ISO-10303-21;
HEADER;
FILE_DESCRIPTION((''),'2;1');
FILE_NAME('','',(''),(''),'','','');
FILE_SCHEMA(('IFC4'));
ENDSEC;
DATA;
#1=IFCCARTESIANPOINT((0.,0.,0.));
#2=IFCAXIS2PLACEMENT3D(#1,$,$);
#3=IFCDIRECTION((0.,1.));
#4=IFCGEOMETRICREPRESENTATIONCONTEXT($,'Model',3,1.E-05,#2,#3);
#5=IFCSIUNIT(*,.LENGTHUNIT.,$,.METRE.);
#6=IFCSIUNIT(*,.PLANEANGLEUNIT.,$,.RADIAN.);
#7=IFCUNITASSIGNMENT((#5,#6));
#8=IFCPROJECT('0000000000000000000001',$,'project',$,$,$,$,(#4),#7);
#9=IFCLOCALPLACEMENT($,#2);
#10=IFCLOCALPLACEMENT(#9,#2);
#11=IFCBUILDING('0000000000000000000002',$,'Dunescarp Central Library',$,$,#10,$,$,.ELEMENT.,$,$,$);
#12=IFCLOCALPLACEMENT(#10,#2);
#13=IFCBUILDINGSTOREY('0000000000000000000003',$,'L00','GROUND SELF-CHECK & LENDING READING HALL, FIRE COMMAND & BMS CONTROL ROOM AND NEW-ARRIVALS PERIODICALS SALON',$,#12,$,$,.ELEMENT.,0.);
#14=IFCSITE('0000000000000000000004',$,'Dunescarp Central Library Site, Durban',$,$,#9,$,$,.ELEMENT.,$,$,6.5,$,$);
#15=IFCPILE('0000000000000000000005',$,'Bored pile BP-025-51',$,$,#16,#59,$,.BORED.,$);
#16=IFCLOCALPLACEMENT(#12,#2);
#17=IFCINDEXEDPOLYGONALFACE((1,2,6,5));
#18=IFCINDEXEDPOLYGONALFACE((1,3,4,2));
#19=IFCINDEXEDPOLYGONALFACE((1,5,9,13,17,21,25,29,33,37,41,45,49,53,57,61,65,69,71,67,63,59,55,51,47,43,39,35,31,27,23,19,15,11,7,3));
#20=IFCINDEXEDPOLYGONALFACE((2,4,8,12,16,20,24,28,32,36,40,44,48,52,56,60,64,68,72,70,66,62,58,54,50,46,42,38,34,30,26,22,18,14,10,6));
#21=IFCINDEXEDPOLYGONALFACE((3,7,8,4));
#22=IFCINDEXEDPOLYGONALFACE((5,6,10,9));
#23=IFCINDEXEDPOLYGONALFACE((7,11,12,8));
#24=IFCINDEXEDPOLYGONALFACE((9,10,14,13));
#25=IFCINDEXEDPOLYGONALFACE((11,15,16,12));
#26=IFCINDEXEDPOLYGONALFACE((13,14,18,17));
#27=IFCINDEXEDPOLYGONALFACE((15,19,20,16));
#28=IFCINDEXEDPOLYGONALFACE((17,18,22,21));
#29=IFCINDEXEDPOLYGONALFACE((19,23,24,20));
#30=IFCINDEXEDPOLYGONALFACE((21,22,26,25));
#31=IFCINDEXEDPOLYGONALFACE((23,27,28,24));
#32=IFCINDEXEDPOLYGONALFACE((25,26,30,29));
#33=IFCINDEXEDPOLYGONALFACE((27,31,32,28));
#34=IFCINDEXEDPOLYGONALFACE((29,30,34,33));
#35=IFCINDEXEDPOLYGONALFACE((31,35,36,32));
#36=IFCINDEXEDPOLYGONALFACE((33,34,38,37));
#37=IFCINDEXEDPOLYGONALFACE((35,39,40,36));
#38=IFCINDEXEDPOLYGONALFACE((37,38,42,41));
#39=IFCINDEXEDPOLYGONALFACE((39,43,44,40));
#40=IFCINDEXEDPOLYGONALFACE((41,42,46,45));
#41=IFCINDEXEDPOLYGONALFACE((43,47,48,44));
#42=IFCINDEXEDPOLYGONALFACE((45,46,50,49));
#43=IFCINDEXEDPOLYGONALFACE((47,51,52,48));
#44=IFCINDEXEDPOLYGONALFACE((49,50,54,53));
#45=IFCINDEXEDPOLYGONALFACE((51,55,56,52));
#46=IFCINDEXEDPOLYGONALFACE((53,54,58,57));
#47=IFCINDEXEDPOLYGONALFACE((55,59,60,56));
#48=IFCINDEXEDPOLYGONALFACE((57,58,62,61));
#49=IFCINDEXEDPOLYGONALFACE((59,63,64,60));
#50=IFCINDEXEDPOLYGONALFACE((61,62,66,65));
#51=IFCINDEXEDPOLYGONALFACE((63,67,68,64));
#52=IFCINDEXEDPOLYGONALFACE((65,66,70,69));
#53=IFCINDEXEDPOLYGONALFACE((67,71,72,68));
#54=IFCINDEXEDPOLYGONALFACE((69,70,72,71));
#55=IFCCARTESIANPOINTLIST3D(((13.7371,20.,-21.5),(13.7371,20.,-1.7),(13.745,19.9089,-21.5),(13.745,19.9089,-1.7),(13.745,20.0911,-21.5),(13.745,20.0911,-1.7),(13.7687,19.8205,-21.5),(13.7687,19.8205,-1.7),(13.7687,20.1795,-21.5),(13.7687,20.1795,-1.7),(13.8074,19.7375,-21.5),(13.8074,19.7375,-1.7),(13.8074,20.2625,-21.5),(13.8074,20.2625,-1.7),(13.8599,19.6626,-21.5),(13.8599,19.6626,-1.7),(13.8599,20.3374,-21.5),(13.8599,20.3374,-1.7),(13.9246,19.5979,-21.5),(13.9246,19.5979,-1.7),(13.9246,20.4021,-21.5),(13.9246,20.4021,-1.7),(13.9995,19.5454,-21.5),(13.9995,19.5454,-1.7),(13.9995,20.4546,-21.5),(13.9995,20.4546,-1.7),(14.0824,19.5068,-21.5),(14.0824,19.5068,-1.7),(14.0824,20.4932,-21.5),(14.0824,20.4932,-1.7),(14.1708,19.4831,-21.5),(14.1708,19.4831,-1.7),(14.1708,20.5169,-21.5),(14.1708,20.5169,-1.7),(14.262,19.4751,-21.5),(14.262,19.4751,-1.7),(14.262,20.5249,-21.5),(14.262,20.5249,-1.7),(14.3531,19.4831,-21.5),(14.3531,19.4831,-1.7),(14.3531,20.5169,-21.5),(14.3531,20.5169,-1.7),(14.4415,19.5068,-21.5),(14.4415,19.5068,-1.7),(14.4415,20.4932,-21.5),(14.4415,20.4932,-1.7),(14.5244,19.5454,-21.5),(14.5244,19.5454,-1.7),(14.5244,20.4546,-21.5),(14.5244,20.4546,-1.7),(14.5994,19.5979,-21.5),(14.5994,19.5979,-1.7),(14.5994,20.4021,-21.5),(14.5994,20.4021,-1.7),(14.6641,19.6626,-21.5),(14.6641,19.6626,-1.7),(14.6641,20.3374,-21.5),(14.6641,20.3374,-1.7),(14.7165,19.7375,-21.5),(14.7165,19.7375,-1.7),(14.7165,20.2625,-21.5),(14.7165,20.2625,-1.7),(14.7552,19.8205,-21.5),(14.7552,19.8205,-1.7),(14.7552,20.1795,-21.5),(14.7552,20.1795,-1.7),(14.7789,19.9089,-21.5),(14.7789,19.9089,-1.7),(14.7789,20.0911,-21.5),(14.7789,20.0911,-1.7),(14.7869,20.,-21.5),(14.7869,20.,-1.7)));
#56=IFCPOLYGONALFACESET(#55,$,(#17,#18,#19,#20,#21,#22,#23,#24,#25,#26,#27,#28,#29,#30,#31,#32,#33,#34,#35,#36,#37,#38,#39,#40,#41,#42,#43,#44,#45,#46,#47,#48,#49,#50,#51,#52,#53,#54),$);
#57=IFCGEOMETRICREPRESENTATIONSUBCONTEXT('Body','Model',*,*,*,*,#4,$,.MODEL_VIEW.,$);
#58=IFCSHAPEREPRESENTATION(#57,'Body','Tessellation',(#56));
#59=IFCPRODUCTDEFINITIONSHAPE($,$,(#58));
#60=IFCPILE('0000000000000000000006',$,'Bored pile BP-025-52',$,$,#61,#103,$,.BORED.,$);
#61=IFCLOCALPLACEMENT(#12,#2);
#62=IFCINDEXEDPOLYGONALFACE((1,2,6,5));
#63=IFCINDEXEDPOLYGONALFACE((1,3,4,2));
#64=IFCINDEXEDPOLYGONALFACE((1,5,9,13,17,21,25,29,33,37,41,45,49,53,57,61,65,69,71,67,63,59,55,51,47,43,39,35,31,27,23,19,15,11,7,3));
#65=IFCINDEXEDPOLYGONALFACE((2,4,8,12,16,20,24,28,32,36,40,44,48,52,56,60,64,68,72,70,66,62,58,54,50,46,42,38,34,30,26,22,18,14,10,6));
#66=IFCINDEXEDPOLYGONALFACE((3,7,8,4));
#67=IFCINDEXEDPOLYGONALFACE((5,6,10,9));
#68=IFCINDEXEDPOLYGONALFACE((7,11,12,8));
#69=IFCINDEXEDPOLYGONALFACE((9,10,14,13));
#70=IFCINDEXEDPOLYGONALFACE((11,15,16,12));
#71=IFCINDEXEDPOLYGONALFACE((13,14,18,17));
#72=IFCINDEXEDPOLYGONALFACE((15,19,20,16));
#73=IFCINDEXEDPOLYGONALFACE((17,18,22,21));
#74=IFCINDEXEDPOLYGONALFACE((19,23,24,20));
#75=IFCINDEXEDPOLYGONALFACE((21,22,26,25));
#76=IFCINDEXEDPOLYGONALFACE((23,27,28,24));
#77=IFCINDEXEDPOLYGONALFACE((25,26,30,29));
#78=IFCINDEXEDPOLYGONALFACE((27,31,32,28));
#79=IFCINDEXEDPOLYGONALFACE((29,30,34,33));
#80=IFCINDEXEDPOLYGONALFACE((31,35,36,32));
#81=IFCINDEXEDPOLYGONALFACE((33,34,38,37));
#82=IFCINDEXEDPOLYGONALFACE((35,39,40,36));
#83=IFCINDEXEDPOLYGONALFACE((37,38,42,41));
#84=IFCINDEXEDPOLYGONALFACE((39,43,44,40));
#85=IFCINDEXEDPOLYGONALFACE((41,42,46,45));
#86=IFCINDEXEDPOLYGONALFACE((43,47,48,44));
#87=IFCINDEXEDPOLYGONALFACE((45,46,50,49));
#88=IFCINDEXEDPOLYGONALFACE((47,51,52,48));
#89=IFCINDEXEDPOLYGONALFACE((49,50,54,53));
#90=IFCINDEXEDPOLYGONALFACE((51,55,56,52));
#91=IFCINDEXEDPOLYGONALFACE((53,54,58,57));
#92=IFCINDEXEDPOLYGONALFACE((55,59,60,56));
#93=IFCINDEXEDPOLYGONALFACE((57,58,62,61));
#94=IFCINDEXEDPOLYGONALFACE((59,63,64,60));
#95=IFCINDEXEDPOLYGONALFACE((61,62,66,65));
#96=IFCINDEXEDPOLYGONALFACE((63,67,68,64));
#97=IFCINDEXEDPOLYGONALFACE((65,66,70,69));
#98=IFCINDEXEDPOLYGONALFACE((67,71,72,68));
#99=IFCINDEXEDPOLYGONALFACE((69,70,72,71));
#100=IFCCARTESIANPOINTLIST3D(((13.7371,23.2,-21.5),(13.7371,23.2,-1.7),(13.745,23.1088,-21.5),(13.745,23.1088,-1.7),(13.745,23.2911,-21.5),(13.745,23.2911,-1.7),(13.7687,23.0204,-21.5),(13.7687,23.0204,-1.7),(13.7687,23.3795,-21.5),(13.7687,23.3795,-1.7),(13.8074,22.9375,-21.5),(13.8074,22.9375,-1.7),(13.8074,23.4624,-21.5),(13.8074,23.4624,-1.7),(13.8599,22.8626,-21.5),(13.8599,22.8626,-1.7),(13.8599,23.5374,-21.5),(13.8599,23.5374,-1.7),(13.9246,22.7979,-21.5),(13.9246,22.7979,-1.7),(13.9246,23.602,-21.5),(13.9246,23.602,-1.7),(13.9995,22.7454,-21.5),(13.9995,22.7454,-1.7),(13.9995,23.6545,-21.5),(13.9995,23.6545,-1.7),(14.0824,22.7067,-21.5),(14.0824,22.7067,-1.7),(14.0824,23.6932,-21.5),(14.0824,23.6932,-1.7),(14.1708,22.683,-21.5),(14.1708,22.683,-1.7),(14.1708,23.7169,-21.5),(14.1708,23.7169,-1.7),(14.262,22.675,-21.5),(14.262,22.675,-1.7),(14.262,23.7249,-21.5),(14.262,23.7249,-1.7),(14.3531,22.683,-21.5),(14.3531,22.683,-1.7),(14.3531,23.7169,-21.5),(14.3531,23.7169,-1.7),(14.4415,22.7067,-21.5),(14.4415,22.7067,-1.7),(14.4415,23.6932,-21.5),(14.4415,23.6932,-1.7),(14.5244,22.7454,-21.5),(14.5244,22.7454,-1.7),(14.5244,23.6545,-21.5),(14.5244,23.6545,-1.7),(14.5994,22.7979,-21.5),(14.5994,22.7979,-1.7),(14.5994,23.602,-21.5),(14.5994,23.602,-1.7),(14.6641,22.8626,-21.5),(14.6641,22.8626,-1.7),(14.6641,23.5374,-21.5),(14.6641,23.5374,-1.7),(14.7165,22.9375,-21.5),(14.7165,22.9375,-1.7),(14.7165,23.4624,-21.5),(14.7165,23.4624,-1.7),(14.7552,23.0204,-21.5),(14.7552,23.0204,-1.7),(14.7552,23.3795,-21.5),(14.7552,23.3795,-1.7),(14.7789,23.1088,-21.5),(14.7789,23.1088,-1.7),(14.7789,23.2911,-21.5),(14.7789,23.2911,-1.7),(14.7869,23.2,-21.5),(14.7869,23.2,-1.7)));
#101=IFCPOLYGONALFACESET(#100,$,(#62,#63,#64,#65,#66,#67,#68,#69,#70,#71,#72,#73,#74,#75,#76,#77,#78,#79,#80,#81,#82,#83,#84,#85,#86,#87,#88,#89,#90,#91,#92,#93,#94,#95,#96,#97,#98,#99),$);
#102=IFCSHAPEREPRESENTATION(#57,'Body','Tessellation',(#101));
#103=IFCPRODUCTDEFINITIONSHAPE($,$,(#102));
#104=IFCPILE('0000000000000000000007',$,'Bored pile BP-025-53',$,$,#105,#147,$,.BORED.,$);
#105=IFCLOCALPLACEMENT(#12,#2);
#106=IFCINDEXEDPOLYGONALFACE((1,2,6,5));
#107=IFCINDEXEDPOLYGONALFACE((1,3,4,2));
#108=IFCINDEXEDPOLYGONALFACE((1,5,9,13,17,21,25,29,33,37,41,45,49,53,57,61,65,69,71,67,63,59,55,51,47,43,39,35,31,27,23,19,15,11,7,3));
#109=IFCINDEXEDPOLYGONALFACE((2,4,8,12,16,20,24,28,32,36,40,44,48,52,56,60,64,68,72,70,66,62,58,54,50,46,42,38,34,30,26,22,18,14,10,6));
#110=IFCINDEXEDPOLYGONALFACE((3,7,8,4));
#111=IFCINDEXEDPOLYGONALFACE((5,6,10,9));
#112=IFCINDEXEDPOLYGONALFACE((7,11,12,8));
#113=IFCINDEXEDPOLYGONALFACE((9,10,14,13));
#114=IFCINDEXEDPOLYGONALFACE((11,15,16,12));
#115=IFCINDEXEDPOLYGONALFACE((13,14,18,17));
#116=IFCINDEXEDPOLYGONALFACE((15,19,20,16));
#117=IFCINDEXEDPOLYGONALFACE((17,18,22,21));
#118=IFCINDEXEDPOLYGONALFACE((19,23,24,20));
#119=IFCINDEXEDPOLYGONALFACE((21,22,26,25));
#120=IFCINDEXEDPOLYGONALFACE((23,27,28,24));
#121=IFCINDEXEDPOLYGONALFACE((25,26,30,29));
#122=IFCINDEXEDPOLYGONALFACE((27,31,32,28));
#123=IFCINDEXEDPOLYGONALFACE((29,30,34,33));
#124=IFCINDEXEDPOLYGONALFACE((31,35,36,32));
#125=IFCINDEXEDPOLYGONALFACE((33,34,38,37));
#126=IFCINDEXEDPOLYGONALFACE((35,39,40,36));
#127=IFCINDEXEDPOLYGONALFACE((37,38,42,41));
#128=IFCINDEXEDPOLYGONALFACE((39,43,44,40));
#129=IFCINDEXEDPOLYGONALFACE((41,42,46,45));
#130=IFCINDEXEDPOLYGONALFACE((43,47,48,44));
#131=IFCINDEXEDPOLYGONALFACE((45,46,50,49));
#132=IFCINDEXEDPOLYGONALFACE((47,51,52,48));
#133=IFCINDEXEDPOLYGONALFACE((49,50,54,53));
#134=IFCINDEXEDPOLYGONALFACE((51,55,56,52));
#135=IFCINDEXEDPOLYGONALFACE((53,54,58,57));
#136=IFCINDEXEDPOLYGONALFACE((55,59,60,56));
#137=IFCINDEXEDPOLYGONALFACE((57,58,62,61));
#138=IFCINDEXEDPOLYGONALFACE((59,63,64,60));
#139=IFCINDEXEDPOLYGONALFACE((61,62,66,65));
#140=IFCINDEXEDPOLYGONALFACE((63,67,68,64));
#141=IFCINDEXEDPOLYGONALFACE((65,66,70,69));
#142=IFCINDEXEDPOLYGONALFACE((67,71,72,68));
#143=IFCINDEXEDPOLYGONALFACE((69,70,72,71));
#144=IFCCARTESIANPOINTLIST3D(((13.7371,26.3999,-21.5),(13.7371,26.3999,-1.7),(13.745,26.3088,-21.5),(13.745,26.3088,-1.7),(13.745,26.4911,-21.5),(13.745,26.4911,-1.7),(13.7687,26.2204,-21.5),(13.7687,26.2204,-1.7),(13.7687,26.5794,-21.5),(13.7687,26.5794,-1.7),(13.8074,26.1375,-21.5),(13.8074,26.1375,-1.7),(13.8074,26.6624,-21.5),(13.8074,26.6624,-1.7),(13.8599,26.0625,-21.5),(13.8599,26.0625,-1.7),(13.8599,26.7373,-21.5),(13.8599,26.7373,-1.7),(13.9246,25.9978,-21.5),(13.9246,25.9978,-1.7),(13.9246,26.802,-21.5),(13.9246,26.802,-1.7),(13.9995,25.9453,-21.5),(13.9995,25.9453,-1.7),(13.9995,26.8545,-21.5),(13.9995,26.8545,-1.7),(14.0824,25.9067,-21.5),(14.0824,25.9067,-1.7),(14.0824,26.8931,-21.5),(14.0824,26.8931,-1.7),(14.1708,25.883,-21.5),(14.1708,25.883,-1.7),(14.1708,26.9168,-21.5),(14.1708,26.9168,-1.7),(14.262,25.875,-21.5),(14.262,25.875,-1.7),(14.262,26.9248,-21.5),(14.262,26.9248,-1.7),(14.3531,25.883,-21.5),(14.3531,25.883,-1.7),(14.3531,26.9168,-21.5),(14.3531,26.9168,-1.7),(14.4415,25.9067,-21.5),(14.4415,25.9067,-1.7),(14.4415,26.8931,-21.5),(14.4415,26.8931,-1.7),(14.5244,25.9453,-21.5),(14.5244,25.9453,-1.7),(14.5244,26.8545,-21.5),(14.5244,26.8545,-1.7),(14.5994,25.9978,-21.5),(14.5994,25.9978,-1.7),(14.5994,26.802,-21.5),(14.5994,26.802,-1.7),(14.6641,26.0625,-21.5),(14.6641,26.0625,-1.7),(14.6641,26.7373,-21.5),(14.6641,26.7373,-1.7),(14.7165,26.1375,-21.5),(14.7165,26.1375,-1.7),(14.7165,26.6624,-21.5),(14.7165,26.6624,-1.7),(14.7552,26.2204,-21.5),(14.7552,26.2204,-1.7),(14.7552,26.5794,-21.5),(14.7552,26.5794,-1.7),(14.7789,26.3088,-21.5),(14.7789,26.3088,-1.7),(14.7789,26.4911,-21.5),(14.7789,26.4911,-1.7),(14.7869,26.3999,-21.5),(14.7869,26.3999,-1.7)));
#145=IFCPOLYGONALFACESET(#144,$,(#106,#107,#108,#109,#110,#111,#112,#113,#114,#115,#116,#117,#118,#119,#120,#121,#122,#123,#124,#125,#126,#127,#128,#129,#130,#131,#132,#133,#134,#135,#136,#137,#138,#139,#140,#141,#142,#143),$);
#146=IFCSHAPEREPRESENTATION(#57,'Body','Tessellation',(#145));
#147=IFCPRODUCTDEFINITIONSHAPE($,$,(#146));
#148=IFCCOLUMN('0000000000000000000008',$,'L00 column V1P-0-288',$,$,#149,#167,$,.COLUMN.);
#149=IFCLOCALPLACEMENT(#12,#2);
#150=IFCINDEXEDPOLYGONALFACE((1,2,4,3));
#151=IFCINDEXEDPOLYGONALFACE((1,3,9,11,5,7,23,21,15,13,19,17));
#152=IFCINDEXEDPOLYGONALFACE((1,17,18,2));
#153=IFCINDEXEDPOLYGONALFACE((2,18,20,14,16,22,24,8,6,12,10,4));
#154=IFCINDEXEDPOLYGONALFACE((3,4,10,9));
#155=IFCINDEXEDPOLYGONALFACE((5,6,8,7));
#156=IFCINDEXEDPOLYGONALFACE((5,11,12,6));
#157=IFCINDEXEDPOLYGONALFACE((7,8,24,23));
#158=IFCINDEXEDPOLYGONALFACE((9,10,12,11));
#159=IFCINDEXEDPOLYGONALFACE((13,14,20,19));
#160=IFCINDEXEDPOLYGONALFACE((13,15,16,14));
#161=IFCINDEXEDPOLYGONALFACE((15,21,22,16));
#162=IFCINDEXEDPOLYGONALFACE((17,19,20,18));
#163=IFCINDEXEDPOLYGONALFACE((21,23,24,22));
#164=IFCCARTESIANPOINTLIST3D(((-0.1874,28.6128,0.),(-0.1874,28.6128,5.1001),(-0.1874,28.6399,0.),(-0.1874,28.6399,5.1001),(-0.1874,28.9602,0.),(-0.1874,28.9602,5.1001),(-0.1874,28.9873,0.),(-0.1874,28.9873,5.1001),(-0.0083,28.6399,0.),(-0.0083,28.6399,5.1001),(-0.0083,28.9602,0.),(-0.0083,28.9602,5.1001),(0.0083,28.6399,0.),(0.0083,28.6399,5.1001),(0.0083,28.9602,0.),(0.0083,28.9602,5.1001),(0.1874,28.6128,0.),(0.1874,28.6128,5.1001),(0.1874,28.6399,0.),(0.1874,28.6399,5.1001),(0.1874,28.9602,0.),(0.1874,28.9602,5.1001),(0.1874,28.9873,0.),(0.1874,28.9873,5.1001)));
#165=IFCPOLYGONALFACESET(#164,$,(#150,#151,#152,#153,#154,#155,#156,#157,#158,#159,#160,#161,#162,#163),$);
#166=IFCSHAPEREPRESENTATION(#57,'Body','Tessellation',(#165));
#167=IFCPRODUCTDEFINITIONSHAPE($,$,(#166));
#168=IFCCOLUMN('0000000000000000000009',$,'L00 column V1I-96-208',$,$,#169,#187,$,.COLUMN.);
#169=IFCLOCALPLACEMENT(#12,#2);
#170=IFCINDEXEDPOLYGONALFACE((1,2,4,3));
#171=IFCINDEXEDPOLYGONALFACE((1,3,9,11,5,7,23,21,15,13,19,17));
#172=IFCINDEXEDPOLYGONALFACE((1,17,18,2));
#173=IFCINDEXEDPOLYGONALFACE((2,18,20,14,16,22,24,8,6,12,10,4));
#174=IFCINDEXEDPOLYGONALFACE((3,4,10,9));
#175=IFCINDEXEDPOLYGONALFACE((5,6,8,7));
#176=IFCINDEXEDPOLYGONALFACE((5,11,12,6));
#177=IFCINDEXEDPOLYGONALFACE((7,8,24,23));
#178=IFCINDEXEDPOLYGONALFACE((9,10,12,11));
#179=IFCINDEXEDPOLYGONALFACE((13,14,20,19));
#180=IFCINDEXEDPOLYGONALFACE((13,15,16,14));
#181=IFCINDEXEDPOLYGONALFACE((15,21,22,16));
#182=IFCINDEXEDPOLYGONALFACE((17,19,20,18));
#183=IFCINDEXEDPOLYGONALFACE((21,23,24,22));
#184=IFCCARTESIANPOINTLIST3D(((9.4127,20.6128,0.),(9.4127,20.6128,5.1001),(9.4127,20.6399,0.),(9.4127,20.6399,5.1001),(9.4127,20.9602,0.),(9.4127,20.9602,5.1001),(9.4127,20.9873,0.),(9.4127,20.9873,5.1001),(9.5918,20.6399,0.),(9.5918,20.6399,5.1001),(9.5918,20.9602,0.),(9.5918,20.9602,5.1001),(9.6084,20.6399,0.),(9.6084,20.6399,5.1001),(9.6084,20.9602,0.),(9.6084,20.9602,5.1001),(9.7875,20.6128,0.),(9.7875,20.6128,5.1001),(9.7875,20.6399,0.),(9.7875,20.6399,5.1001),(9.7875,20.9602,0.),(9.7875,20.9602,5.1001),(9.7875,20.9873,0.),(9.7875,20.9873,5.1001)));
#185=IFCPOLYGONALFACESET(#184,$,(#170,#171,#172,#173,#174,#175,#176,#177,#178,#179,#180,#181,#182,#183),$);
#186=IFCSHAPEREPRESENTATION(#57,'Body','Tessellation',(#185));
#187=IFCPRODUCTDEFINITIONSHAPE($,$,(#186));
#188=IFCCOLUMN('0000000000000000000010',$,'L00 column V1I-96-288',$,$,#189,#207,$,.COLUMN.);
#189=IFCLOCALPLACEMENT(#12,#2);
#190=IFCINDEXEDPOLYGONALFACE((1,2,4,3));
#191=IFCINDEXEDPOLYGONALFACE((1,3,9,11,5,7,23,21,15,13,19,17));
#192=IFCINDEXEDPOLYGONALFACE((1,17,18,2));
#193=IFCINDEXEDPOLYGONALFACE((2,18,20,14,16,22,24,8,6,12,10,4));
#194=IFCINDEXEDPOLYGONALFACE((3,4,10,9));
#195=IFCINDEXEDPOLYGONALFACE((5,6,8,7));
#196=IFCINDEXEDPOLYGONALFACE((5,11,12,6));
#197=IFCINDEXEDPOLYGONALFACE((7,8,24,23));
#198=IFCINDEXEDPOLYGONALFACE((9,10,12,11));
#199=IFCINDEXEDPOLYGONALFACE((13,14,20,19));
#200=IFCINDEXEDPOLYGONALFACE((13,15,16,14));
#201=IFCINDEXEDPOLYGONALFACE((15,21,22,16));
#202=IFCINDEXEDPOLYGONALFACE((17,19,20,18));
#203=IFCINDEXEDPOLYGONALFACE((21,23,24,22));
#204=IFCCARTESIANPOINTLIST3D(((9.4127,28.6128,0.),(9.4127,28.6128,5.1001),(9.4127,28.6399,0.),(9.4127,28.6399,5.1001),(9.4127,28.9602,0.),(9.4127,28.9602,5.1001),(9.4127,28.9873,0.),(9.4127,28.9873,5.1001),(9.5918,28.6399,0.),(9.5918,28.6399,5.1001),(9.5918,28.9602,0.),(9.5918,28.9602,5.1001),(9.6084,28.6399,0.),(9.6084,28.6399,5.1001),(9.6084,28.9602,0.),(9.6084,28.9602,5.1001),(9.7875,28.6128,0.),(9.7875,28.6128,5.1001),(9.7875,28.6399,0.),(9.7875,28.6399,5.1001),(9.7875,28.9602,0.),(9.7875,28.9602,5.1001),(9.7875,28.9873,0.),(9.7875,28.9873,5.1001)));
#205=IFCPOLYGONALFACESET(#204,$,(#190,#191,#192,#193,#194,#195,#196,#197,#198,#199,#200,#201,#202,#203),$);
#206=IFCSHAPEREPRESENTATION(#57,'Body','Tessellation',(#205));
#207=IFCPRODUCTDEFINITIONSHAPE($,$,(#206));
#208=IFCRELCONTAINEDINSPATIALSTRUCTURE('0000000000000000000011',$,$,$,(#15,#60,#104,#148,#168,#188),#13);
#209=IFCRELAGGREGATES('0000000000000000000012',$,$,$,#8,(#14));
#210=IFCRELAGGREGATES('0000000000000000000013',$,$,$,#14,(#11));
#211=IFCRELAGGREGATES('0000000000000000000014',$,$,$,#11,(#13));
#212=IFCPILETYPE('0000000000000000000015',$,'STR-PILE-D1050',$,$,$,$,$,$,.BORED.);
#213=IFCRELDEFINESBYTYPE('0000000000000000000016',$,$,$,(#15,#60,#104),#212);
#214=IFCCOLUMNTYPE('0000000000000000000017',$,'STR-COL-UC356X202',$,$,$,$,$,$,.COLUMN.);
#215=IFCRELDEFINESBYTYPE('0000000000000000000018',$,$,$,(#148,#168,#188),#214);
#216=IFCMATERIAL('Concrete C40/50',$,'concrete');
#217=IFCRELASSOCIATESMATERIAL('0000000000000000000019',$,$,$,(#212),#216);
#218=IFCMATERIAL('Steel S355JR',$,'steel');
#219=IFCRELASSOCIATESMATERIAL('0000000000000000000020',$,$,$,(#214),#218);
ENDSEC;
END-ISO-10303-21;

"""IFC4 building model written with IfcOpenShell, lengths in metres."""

from ifc_helpers import new_model, si_unit, direction, frame, origin, origin_2d, place, context, subcontext, project, spatial, circle, i_section, extrude, material, material_profile, profile_set, type_object, element, save


model = new_model("IFC4")

# Units and contexts
model_context = context("Model", 3, precision=1e-05, world=origin(), true_north=direction((0.0, 1.0)))
body_context = subcontext(model_context, "Body", "Model", "MODEL_VIEW")
ifc_project = project(units=[si_unit("LENGTHUNIT", "METRE"), si_unit("PLANEANGLEUNIT", "RADIAN")], contexts=[model_context])

# Site, building, storey
site_placement = place(None, origin())
site = spatial("IfcSite", under=ifc_project, at=site_placement, Name="Dunescarp Central Library Site, Durban", CompositionType="ELEMENT", RefElevation=6.5)
building_placement = place(site_placement, origin())
building = spatial("IfcBuilding", under=site, at=building_placement, Name="Dunescarp Central Library", CompositionType="ELEMENT")
storey_placement = place(building_placement, origin())
storey = spatial("IfcBuildingStorey", under=building, at=storey_placement, Name="L00", Description="GROUND SELF-CHECK & LENDING READING HALL, FIRE COMMAND & BMS CONTROL ROOM AND NEW-ARRIVALS PERIODICALS SALON", CompositionType="ELEMENT", Elevation=0.0)

# Piles
ifc_material_1 = material(Name="Concrete C40/50", Category="concrete")
ifc_material_profile_1 = material_profile(ifc_material_1, circle(Radius=0.5249, at=origin_2d()), Name="PILE D1050")
ifc_profile_set_1 = profile_set([ifc_material_profile_1], Name="Concrete C40/50")
pile_type = type_object("IfcPileType", Name="STR-PILE-D1050", PredefinedType="BORED", material=ifc_profile_set_1)
for number, where, z_axis, x_axis, name in (
    (1, (14.262, 20.0, -1.7), (0.0, 0.0, -1.0), (1.0, 0.0, 0.0), "Bored pile BP-025-51"),
    (2, (14.262, 23.2, -1.7), (0.0, 0.0, -1.0), (1.0, 0.0, 0.0), "Bored pile BP-025-52"),
    (3, (14.262, 26.3999, -1.7), (0.0, 0.0, -1.0), (1.0, 0.0, 0.0), "Bored pile BP-025-53"),
):
    element("IfcPile", number, at=place(storey_placement, frame(where, z_axis=z_axis, x_axis=x_axis)), inside=storey, type_object=pile_type, Name=name, PredefinedType="BORED", context=body_context, shape_type="SweptSolid", body=[
        extrude(circle(Radius=0.5249, at=origin_2d()), origin(), (0.0, 0.0, 1.0), 19.8),
    ])

# Columns
ifc_material_2 = material(Name="Steel S355JR", Category="steel")
ifc_material_profile_2 = material_profile(ifc_material_2, i_section(OverallWidth=0.3748, OverallDepth=0.3745, WebThickness=0.0166, FlangeThickness=0.0271, at=origin_2d()), Name="UC 356x368x202")
ifc_profile_set_2 = profile_set([ifc_material_profile_2], Name="Steel S355JR")
column_type = type_object("IfcColumnType", Name="STR-COL-UC356X202", PredefinedType="COLUMN", material=ifc_profile_set_2)
for number, where, z_axis, x_axis, name in (
    (4, (0.0, 28.8, 0.0), (0.0, 0.0, 1.0), (1.0, 0.0, 0.0), "L00 column V1P-0-288"),
    (5, (9.6001, 20.8, 0.0), (0.0, 0.0, 1.0), (1.0, 0.0, 0.0), "L00 column V1I-96-208"),
    (6, (9.6001, 28.8, 0.0), (0.0, 0.0, 1.0), (1.0, 0.0, 0.0), "L00 column V1I-96-288"),
):
    element("IfcColumn", number, at=place(storey_placement, frame(where, z_axis=z_axis, x_axis=x_axis)), inside=storey, type_object=column_type, Name=name, PredefinedType="COLUMN", context=body_context, shape_type="SweptSolid", body=[
        extrude(i_section(OverallWidth=0.3748, OverallDepth=0.3745, WebThickness=0.0166, FlangeThickness=0.0271, at=origin_2d()), origin(), (0.0, 0.0, 1.0), 5.1001),
    ])

save(model, "model.ifc")
